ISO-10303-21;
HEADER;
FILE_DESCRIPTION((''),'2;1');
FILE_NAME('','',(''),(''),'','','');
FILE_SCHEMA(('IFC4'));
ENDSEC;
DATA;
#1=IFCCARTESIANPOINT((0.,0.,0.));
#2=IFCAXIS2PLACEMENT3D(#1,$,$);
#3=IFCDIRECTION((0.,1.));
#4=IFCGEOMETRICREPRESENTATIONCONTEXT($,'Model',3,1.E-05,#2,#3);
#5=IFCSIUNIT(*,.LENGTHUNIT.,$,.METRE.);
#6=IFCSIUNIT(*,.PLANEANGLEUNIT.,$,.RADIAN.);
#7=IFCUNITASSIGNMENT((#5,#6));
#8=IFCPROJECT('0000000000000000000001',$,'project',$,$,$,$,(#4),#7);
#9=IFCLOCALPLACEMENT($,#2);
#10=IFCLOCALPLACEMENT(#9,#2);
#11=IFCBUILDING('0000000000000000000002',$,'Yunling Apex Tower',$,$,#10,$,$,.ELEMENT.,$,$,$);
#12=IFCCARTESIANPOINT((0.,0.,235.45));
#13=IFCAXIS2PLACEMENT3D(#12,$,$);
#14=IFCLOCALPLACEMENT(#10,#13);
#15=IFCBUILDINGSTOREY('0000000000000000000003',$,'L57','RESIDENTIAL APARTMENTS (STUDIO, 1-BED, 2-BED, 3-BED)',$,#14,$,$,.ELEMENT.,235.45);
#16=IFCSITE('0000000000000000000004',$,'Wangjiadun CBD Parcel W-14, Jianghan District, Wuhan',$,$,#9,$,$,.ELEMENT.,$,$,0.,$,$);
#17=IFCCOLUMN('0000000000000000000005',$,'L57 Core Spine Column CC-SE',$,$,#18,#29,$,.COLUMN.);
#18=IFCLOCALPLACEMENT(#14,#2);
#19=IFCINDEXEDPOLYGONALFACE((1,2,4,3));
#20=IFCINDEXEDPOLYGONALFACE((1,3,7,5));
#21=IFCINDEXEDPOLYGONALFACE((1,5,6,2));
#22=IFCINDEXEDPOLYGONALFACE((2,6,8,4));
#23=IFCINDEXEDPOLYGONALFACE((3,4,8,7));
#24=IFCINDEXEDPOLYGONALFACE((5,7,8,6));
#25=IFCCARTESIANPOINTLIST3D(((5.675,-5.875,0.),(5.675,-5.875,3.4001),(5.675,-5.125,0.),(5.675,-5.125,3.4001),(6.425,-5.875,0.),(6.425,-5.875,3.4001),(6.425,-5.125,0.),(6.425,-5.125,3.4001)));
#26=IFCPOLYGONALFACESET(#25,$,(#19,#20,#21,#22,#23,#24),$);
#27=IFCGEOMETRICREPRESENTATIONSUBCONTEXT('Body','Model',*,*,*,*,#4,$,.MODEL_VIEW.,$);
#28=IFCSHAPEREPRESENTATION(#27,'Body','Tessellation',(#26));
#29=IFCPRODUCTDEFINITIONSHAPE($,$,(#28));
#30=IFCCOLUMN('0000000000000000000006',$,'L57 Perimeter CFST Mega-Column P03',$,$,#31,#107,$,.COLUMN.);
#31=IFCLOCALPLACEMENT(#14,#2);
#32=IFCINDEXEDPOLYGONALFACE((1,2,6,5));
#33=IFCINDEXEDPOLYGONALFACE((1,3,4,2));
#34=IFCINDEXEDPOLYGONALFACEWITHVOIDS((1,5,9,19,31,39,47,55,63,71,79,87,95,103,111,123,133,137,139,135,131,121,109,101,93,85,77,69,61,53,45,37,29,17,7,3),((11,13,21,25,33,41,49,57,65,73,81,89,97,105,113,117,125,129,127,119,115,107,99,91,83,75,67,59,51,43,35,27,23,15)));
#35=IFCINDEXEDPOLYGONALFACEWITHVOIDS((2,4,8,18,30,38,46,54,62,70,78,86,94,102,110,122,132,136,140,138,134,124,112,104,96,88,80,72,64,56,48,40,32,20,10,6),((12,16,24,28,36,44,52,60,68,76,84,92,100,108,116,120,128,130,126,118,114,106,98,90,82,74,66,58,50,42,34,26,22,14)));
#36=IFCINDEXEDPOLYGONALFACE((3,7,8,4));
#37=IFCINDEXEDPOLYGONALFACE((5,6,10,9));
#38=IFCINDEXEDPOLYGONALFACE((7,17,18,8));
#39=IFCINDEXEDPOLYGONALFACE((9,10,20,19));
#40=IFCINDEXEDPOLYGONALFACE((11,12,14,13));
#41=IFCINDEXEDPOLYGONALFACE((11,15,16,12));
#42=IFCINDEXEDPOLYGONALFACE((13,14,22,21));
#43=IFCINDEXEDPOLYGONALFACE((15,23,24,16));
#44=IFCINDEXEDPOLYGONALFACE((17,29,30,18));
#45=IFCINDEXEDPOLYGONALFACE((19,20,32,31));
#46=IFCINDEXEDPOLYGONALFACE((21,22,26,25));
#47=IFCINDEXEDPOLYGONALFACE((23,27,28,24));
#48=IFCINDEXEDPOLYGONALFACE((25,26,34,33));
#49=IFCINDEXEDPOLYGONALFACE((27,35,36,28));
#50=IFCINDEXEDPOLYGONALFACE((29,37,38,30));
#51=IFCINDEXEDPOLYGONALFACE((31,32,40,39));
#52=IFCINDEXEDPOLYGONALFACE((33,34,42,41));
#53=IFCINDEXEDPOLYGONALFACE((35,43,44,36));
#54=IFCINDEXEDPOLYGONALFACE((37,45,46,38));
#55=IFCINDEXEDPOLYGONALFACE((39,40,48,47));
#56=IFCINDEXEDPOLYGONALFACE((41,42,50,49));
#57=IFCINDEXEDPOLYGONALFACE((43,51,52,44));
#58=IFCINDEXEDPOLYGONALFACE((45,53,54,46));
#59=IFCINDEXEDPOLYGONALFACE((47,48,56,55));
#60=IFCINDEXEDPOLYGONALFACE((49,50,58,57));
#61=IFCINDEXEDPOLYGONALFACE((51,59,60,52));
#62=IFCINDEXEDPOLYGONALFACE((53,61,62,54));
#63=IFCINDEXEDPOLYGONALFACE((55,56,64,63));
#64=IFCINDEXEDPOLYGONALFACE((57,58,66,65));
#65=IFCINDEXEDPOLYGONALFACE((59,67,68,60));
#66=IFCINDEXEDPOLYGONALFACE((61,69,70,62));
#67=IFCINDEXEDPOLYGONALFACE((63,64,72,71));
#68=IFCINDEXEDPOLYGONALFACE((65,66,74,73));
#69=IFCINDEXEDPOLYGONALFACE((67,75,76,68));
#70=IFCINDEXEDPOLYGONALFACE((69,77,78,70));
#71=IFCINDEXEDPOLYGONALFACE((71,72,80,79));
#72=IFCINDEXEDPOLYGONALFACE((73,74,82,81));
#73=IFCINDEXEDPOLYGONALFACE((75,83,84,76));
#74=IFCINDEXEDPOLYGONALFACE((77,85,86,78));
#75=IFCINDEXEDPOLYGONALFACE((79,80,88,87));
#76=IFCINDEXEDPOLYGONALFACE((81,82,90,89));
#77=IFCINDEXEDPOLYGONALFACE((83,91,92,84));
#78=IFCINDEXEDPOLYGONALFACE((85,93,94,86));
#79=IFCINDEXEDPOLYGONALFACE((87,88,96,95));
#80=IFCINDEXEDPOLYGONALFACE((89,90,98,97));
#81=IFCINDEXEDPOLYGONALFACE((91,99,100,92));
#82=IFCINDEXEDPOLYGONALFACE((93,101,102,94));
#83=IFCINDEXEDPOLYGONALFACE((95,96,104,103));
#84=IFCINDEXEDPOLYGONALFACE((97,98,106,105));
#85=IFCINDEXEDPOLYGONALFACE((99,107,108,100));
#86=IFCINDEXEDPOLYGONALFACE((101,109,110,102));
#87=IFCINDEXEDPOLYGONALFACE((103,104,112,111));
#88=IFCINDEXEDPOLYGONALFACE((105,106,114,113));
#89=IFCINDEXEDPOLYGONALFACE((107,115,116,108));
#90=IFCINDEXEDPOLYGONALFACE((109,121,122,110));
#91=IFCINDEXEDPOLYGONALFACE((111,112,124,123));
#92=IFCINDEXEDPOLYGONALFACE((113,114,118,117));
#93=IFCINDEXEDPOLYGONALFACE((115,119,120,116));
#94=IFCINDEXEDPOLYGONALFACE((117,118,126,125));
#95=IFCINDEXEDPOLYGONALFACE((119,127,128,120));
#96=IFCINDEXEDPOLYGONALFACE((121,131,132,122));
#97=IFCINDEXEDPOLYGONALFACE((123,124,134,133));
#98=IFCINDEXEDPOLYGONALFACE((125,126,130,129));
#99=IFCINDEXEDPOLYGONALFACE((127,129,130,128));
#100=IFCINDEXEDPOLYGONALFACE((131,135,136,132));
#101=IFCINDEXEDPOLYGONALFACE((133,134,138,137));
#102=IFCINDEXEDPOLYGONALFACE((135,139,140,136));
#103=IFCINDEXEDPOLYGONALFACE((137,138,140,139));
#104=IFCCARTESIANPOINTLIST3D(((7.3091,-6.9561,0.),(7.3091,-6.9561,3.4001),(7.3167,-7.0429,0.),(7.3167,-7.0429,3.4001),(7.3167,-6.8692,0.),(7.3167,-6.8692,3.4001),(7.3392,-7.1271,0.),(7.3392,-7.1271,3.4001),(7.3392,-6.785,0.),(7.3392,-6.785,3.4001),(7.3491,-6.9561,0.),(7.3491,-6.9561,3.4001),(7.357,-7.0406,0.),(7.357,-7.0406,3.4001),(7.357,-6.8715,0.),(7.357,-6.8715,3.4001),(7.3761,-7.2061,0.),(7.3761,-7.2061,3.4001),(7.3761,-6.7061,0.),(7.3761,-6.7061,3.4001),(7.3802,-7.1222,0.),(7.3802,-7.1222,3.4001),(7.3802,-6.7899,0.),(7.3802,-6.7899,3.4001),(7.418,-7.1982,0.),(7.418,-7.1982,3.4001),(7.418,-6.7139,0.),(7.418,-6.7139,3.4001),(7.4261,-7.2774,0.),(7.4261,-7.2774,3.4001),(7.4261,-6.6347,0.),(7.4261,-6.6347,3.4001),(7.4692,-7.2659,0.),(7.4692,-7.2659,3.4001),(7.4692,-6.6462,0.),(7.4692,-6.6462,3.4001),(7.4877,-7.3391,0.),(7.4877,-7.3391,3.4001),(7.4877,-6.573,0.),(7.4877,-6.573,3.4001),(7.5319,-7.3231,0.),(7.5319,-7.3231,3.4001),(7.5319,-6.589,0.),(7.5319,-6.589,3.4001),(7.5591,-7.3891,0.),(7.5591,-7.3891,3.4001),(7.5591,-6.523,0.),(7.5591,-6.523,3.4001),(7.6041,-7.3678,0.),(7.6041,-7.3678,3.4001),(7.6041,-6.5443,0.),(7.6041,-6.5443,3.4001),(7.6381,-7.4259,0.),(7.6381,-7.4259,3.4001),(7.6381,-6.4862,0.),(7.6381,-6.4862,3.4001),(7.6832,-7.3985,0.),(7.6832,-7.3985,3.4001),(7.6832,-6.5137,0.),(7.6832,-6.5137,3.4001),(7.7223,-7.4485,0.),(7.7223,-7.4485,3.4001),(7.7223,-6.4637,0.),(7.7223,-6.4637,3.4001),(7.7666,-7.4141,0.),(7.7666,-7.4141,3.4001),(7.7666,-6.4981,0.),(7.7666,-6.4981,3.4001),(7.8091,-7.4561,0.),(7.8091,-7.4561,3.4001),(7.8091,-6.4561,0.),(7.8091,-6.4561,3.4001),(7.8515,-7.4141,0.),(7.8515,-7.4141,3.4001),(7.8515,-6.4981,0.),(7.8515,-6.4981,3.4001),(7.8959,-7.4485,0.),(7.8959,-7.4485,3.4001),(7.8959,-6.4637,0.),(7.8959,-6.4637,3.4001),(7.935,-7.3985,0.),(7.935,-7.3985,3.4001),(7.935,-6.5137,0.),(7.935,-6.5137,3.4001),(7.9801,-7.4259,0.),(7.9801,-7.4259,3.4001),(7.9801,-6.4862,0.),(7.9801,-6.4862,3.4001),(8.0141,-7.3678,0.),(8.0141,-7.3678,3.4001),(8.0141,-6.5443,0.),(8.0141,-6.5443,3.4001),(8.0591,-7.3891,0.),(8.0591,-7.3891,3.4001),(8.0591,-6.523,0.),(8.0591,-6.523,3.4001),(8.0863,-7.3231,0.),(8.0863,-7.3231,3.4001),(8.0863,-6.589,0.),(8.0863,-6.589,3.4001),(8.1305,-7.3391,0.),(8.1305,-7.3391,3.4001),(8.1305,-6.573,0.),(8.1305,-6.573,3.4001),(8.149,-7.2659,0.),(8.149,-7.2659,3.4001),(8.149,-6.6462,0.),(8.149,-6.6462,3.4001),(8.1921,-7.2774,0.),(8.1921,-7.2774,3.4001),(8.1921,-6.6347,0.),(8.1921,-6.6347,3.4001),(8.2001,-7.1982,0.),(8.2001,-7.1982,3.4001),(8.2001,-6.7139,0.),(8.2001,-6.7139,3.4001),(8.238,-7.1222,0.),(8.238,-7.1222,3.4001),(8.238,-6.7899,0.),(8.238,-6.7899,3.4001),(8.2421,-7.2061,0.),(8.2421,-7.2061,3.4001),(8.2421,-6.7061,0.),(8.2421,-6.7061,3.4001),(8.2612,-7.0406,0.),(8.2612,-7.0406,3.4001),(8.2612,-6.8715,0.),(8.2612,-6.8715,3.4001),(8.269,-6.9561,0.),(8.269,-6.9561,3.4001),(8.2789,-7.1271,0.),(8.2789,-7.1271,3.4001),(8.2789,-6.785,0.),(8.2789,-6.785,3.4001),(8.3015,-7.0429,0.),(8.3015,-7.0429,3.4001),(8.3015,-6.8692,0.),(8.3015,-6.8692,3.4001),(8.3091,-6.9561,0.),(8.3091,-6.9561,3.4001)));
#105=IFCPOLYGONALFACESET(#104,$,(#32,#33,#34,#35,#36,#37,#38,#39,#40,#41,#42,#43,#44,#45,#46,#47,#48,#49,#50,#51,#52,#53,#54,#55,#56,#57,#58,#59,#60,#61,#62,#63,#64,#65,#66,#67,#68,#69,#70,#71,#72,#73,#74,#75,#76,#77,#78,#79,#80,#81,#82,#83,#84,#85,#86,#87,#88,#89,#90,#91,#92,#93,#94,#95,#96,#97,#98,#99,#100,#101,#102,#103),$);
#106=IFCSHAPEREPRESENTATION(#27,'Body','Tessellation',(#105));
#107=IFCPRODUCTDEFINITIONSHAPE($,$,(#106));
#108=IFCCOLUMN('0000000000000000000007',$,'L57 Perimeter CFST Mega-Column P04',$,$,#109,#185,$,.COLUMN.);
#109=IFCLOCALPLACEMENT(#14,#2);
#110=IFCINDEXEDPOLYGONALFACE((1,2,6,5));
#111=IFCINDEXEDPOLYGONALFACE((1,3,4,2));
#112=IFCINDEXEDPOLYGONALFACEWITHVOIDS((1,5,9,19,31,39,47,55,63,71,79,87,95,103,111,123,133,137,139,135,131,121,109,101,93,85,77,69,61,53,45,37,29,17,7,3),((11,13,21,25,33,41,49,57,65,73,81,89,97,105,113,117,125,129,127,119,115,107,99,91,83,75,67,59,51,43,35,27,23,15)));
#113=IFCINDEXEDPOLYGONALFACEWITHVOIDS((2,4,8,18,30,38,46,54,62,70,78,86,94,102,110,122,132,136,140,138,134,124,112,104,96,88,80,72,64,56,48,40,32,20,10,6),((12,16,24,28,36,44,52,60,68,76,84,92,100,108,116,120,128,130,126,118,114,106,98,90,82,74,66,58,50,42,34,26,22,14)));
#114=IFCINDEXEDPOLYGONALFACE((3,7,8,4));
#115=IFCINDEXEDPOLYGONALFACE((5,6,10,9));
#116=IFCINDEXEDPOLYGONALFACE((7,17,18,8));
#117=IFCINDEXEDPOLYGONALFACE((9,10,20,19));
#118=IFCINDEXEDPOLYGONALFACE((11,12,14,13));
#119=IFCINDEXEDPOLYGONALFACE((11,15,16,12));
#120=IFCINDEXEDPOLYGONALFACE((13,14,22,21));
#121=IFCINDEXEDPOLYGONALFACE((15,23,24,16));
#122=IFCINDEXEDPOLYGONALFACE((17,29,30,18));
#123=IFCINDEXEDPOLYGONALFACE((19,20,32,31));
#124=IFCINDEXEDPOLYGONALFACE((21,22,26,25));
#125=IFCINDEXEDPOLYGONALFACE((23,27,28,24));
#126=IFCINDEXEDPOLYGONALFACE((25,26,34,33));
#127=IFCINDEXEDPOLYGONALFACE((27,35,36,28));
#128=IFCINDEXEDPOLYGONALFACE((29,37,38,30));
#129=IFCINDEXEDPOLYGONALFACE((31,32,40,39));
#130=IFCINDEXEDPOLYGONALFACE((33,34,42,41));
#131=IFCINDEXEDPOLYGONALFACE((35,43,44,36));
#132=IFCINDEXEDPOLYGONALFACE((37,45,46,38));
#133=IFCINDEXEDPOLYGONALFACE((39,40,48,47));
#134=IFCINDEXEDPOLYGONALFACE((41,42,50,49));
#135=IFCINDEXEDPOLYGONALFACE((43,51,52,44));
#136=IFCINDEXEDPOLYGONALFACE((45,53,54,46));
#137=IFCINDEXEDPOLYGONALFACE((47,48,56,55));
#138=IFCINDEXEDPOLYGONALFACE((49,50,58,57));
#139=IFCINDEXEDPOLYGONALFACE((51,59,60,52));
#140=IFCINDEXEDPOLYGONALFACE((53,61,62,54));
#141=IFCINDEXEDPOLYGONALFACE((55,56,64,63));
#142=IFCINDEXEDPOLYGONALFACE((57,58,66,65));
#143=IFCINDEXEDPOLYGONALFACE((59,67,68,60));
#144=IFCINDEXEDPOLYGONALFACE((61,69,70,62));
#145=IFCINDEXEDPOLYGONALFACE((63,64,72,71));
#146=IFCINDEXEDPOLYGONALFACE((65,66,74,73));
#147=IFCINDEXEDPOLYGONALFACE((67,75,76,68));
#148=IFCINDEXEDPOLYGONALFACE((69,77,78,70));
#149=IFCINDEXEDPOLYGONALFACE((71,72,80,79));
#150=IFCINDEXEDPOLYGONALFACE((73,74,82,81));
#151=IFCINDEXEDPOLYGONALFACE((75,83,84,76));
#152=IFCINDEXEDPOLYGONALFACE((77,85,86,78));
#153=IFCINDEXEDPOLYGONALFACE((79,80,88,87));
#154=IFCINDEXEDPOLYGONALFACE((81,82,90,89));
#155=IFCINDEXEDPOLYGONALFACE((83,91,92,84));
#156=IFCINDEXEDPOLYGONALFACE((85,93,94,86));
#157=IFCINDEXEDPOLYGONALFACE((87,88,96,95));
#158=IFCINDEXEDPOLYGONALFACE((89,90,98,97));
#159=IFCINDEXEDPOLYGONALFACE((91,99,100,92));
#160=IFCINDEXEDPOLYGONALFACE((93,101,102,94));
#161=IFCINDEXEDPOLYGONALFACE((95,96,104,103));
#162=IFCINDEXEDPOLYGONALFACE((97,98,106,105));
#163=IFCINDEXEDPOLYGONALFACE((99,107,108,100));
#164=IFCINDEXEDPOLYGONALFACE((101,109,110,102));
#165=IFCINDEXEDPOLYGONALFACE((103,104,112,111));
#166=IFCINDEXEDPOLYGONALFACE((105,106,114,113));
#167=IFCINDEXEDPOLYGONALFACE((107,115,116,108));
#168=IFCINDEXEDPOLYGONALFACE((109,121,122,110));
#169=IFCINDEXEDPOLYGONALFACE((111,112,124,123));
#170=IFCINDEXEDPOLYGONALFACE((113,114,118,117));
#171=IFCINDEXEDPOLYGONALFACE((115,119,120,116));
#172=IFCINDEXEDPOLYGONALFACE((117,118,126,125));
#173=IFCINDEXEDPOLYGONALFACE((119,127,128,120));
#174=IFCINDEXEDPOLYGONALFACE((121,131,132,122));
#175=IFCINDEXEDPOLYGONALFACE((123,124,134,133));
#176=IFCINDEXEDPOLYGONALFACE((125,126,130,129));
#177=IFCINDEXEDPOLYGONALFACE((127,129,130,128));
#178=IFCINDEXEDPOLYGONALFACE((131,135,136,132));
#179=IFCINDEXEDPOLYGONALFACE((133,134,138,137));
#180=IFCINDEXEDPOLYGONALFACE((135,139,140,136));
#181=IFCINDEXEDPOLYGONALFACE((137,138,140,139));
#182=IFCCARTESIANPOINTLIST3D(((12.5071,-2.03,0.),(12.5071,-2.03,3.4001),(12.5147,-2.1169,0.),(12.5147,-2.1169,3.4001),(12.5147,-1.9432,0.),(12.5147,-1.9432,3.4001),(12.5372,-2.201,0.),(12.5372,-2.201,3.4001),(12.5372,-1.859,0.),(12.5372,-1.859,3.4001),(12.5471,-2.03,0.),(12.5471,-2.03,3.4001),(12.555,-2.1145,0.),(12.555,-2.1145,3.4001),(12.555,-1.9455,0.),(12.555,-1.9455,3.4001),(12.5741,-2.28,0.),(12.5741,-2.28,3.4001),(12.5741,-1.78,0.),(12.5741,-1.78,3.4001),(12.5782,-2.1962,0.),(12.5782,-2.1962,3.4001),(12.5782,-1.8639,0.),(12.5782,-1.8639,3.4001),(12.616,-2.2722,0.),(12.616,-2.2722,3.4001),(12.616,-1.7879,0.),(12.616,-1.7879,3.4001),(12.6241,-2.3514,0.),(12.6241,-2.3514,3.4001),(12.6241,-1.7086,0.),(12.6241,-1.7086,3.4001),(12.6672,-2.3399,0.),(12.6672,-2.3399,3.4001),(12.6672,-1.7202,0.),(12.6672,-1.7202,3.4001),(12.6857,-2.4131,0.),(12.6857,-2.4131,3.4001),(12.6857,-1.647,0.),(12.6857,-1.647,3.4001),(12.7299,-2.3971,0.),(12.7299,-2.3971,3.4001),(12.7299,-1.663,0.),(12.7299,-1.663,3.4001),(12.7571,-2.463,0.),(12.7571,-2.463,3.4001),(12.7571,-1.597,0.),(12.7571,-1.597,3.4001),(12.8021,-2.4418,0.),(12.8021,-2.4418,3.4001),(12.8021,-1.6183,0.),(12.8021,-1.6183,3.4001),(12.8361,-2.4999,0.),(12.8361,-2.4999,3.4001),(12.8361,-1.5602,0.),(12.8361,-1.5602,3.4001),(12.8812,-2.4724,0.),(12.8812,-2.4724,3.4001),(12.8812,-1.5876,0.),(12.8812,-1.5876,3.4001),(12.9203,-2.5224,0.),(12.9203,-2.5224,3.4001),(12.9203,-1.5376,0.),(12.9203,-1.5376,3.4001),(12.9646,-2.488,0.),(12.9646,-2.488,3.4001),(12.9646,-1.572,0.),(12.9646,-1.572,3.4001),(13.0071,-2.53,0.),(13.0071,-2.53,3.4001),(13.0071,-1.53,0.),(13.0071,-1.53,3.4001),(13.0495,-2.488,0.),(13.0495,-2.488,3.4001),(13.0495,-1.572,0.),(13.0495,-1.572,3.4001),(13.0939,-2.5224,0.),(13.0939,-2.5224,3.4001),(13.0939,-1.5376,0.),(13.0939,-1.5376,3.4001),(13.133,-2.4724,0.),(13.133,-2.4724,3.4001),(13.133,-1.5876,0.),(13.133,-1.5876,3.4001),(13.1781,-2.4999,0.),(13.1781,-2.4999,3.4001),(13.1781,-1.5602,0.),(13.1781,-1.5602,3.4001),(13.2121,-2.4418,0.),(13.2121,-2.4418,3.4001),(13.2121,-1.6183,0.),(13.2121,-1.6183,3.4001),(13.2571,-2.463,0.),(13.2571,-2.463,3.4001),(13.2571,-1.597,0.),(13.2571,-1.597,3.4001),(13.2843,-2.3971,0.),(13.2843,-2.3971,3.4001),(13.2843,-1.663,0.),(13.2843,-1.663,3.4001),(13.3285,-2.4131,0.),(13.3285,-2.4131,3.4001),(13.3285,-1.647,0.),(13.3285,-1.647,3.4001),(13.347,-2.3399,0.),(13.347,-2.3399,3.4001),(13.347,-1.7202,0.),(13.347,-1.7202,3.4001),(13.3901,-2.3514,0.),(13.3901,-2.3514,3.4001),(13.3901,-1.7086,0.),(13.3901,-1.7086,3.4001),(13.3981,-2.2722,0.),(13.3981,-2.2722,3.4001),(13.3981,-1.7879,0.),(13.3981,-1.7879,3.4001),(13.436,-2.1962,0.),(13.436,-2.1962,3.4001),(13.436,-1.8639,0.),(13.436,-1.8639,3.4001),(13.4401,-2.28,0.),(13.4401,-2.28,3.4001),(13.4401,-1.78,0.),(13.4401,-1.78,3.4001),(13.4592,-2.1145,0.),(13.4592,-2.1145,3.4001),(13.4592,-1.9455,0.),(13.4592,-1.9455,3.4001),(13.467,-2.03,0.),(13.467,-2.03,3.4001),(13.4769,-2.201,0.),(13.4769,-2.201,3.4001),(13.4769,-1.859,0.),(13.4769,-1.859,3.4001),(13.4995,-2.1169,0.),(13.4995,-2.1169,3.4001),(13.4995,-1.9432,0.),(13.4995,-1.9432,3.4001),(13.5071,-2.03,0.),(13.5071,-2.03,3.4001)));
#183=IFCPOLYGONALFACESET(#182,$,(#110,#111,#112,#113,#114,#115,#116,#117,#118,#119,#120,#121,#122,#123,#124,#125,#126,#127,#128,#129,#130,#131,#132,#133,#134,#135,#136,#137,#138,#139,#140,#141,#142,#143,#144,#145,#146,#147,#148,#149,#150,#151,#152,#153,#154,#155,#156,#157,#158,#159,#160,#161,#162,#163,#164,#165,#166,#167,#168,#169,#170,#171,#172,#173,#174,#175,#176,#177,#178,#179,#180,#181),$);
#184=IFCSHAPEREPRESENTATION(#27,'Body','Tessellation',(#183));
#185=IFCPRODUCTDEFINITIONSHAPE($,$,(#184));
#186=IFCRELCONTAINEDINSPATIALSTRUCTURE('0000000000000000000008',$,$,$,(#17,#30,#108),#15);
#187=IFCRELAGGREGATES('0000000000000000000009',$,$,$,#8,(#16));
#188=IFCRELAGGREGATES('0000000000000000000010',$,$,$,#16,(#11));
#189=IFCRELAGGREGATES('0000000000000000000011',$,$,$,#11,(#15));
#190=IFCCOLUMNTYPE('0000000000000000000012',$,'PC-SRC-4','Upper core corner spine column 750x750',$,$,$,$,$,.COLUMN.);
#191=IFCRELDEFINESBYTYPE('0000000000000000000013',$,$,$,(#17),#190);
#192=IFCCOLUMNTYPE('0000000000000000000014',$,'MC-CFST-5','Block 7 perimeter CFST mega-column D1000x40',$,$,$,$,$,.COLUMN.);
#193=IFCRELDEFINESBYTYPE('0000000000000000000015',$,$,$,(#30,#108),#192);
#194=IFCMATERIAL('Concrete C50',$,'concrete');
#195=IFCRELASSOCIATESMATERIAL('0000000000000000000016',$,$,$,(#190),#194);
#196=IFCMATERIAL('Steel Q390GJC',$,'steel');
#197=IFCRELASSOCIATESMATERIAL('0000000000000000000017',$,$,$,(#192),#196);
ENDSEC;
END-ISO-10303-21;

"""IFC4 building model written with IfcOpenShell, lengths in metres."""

from ifc_helpers import new_model, si_unit, direction, frame, origin, origin_2d, place, context, subcontext, project, spatial, rectangle, hollow_circle, extrude, source, transform, mapped, material, material_profile, profile_set, type_object, element, save


model = new_model("IFC4")

# Units and contexts
model_context = context("Model", 3, precision=1e-05, world=origin(), true_north=direction((0.0, 1.0)))
body_context = subcontext(model_context, "Body", "Model", "MODEL_VIEW")
ifc_project = project(units=[si_unit("LENGTHUNIT", "METRE"), si_unit("PLANEANGLEUNIT", "RADIAN")], contexts=[model_context])

# Site, building, storey
site_placement = place(None, origin())
site = spatial("IfcSite", under=ifc_project, at=site_placement, Name="Wangjiadun CBD Parcel W-14, Jianghan District, Wuhan", CompositionType="ELEMENT", RefElevation=0.0)
building_placement = place(site_placement, origin())
building = spatial("IfcBuilding", under=site, at=building_placement, Name="Yunling Apex Tower", CompositionType="ELEMENT")
storey_placement = place(building_placement, frame((0.0, 0.0, 235.45)))
storey = spatial("IfcBuildingStorey", under=building, at=storey_placement, Name="L57", Description="RESIDENTIAL APARTMENTS (STUDIO, 1-BED, 2-BED, 3-BED)", CompositionType="ELEMENT", Elevation=235.45)

# Columns
ifc_material_1 = material(Name="Concrete C50", Category="concrete")
ifc_material_profile_1 = material_profile(ifc_material_1, rectangle(XDim=0.75, YDim=0.75, at=origin_2d()))
ifc_profile_set_1 = profile_set([ifc_material_profile_1], Name="Concrete C50")
column_type_1 = type_object("IfcColumnType", Name="PC-SRC-4", Description="Upper core corner spine column 750x750", PredefinedType="COLUMN", material=ifc_profile_set_1)
shared_shape_1 = source(origin(), body_context, "Body", "SweptSolid", [
    extrude(rectangle(XDim=0.75, YDim=0.75, at=origin_2d()), origin(), (0.0, 0.0, 1.0), 3.4001),
])
column_placement = place(storey_placement, frame((6.05, -5.5, 0.0), z_axis=(0.0, 0.0, 1.0), x_axis=(1.0, 0.0, 0.0)))
element("IfcColumn", 1, at=column_placement, inside=storey, type_object=column_type_1, Name="L57 Core Spine Column CC-SE", PredefinedType="COLUMN", context=body_context, shape_type="MappedRepresentation", body=[
    mapped(shared_shape_1, transform((0.0, 0.0, 0.0), scale=1.0)),
])
ifc_material_2 = material(Name="Steel Q390GJC", Category="steel")
ifc_material_profile_2 = material_profile(ifc_material_2, hollow_circle(Radius=0.5, WallThickness=0.04, at=origin_2d()))
ifc_profile_set_2 = profile_set([ifc_material_profile_2], Name="Steel Q390GJC")
column_type_2 = type_object("IfcColumnType", Name="MC-CFST-5", Description="Block 7 perimeter CFST mega-column D1000x40", PredefinedType="COLUMN", material=ifc_profile_set_2)
shared_shape_2 = source(origin(), body_context, "Body", "SweptSolid", [
    extrude(hollow_circle(Radius=0.5, WallThickness=0.04, at=origin_2d()), origin(), (0.0, 0.0, 1.0), 3.4001),
])
for number, where, z_axis, x_axis, name in (
    (2, (7.8091, -6.9561, 0.0), (0.0, 0.0, 1.0), (1.0, 0.0, 0.0), "L57 Perimeter CFST Mega-Column P03"),
    (3, (13.0071, -2.03, 0.0), (0.0, 0.0, 1.0), (1.0, 0.0, 0.0), "L57 Perimeter CFST Mega-Column P04"),
):
    element("IfcColumn", number, at=place(storey_placement, frame(where, z_axis=z_axis, x_axis=x_axis)), inside=storey, type_object=column_type_2, Name=name, PredefinedType="COLUMN", context=body_context, shape_type="MappedRepresentation", body=[
        mapped(shared_shape_2, transform((0.0, 0.0, 0.0), scale=1.0)),
    ])

save(model, "model.ifc")
